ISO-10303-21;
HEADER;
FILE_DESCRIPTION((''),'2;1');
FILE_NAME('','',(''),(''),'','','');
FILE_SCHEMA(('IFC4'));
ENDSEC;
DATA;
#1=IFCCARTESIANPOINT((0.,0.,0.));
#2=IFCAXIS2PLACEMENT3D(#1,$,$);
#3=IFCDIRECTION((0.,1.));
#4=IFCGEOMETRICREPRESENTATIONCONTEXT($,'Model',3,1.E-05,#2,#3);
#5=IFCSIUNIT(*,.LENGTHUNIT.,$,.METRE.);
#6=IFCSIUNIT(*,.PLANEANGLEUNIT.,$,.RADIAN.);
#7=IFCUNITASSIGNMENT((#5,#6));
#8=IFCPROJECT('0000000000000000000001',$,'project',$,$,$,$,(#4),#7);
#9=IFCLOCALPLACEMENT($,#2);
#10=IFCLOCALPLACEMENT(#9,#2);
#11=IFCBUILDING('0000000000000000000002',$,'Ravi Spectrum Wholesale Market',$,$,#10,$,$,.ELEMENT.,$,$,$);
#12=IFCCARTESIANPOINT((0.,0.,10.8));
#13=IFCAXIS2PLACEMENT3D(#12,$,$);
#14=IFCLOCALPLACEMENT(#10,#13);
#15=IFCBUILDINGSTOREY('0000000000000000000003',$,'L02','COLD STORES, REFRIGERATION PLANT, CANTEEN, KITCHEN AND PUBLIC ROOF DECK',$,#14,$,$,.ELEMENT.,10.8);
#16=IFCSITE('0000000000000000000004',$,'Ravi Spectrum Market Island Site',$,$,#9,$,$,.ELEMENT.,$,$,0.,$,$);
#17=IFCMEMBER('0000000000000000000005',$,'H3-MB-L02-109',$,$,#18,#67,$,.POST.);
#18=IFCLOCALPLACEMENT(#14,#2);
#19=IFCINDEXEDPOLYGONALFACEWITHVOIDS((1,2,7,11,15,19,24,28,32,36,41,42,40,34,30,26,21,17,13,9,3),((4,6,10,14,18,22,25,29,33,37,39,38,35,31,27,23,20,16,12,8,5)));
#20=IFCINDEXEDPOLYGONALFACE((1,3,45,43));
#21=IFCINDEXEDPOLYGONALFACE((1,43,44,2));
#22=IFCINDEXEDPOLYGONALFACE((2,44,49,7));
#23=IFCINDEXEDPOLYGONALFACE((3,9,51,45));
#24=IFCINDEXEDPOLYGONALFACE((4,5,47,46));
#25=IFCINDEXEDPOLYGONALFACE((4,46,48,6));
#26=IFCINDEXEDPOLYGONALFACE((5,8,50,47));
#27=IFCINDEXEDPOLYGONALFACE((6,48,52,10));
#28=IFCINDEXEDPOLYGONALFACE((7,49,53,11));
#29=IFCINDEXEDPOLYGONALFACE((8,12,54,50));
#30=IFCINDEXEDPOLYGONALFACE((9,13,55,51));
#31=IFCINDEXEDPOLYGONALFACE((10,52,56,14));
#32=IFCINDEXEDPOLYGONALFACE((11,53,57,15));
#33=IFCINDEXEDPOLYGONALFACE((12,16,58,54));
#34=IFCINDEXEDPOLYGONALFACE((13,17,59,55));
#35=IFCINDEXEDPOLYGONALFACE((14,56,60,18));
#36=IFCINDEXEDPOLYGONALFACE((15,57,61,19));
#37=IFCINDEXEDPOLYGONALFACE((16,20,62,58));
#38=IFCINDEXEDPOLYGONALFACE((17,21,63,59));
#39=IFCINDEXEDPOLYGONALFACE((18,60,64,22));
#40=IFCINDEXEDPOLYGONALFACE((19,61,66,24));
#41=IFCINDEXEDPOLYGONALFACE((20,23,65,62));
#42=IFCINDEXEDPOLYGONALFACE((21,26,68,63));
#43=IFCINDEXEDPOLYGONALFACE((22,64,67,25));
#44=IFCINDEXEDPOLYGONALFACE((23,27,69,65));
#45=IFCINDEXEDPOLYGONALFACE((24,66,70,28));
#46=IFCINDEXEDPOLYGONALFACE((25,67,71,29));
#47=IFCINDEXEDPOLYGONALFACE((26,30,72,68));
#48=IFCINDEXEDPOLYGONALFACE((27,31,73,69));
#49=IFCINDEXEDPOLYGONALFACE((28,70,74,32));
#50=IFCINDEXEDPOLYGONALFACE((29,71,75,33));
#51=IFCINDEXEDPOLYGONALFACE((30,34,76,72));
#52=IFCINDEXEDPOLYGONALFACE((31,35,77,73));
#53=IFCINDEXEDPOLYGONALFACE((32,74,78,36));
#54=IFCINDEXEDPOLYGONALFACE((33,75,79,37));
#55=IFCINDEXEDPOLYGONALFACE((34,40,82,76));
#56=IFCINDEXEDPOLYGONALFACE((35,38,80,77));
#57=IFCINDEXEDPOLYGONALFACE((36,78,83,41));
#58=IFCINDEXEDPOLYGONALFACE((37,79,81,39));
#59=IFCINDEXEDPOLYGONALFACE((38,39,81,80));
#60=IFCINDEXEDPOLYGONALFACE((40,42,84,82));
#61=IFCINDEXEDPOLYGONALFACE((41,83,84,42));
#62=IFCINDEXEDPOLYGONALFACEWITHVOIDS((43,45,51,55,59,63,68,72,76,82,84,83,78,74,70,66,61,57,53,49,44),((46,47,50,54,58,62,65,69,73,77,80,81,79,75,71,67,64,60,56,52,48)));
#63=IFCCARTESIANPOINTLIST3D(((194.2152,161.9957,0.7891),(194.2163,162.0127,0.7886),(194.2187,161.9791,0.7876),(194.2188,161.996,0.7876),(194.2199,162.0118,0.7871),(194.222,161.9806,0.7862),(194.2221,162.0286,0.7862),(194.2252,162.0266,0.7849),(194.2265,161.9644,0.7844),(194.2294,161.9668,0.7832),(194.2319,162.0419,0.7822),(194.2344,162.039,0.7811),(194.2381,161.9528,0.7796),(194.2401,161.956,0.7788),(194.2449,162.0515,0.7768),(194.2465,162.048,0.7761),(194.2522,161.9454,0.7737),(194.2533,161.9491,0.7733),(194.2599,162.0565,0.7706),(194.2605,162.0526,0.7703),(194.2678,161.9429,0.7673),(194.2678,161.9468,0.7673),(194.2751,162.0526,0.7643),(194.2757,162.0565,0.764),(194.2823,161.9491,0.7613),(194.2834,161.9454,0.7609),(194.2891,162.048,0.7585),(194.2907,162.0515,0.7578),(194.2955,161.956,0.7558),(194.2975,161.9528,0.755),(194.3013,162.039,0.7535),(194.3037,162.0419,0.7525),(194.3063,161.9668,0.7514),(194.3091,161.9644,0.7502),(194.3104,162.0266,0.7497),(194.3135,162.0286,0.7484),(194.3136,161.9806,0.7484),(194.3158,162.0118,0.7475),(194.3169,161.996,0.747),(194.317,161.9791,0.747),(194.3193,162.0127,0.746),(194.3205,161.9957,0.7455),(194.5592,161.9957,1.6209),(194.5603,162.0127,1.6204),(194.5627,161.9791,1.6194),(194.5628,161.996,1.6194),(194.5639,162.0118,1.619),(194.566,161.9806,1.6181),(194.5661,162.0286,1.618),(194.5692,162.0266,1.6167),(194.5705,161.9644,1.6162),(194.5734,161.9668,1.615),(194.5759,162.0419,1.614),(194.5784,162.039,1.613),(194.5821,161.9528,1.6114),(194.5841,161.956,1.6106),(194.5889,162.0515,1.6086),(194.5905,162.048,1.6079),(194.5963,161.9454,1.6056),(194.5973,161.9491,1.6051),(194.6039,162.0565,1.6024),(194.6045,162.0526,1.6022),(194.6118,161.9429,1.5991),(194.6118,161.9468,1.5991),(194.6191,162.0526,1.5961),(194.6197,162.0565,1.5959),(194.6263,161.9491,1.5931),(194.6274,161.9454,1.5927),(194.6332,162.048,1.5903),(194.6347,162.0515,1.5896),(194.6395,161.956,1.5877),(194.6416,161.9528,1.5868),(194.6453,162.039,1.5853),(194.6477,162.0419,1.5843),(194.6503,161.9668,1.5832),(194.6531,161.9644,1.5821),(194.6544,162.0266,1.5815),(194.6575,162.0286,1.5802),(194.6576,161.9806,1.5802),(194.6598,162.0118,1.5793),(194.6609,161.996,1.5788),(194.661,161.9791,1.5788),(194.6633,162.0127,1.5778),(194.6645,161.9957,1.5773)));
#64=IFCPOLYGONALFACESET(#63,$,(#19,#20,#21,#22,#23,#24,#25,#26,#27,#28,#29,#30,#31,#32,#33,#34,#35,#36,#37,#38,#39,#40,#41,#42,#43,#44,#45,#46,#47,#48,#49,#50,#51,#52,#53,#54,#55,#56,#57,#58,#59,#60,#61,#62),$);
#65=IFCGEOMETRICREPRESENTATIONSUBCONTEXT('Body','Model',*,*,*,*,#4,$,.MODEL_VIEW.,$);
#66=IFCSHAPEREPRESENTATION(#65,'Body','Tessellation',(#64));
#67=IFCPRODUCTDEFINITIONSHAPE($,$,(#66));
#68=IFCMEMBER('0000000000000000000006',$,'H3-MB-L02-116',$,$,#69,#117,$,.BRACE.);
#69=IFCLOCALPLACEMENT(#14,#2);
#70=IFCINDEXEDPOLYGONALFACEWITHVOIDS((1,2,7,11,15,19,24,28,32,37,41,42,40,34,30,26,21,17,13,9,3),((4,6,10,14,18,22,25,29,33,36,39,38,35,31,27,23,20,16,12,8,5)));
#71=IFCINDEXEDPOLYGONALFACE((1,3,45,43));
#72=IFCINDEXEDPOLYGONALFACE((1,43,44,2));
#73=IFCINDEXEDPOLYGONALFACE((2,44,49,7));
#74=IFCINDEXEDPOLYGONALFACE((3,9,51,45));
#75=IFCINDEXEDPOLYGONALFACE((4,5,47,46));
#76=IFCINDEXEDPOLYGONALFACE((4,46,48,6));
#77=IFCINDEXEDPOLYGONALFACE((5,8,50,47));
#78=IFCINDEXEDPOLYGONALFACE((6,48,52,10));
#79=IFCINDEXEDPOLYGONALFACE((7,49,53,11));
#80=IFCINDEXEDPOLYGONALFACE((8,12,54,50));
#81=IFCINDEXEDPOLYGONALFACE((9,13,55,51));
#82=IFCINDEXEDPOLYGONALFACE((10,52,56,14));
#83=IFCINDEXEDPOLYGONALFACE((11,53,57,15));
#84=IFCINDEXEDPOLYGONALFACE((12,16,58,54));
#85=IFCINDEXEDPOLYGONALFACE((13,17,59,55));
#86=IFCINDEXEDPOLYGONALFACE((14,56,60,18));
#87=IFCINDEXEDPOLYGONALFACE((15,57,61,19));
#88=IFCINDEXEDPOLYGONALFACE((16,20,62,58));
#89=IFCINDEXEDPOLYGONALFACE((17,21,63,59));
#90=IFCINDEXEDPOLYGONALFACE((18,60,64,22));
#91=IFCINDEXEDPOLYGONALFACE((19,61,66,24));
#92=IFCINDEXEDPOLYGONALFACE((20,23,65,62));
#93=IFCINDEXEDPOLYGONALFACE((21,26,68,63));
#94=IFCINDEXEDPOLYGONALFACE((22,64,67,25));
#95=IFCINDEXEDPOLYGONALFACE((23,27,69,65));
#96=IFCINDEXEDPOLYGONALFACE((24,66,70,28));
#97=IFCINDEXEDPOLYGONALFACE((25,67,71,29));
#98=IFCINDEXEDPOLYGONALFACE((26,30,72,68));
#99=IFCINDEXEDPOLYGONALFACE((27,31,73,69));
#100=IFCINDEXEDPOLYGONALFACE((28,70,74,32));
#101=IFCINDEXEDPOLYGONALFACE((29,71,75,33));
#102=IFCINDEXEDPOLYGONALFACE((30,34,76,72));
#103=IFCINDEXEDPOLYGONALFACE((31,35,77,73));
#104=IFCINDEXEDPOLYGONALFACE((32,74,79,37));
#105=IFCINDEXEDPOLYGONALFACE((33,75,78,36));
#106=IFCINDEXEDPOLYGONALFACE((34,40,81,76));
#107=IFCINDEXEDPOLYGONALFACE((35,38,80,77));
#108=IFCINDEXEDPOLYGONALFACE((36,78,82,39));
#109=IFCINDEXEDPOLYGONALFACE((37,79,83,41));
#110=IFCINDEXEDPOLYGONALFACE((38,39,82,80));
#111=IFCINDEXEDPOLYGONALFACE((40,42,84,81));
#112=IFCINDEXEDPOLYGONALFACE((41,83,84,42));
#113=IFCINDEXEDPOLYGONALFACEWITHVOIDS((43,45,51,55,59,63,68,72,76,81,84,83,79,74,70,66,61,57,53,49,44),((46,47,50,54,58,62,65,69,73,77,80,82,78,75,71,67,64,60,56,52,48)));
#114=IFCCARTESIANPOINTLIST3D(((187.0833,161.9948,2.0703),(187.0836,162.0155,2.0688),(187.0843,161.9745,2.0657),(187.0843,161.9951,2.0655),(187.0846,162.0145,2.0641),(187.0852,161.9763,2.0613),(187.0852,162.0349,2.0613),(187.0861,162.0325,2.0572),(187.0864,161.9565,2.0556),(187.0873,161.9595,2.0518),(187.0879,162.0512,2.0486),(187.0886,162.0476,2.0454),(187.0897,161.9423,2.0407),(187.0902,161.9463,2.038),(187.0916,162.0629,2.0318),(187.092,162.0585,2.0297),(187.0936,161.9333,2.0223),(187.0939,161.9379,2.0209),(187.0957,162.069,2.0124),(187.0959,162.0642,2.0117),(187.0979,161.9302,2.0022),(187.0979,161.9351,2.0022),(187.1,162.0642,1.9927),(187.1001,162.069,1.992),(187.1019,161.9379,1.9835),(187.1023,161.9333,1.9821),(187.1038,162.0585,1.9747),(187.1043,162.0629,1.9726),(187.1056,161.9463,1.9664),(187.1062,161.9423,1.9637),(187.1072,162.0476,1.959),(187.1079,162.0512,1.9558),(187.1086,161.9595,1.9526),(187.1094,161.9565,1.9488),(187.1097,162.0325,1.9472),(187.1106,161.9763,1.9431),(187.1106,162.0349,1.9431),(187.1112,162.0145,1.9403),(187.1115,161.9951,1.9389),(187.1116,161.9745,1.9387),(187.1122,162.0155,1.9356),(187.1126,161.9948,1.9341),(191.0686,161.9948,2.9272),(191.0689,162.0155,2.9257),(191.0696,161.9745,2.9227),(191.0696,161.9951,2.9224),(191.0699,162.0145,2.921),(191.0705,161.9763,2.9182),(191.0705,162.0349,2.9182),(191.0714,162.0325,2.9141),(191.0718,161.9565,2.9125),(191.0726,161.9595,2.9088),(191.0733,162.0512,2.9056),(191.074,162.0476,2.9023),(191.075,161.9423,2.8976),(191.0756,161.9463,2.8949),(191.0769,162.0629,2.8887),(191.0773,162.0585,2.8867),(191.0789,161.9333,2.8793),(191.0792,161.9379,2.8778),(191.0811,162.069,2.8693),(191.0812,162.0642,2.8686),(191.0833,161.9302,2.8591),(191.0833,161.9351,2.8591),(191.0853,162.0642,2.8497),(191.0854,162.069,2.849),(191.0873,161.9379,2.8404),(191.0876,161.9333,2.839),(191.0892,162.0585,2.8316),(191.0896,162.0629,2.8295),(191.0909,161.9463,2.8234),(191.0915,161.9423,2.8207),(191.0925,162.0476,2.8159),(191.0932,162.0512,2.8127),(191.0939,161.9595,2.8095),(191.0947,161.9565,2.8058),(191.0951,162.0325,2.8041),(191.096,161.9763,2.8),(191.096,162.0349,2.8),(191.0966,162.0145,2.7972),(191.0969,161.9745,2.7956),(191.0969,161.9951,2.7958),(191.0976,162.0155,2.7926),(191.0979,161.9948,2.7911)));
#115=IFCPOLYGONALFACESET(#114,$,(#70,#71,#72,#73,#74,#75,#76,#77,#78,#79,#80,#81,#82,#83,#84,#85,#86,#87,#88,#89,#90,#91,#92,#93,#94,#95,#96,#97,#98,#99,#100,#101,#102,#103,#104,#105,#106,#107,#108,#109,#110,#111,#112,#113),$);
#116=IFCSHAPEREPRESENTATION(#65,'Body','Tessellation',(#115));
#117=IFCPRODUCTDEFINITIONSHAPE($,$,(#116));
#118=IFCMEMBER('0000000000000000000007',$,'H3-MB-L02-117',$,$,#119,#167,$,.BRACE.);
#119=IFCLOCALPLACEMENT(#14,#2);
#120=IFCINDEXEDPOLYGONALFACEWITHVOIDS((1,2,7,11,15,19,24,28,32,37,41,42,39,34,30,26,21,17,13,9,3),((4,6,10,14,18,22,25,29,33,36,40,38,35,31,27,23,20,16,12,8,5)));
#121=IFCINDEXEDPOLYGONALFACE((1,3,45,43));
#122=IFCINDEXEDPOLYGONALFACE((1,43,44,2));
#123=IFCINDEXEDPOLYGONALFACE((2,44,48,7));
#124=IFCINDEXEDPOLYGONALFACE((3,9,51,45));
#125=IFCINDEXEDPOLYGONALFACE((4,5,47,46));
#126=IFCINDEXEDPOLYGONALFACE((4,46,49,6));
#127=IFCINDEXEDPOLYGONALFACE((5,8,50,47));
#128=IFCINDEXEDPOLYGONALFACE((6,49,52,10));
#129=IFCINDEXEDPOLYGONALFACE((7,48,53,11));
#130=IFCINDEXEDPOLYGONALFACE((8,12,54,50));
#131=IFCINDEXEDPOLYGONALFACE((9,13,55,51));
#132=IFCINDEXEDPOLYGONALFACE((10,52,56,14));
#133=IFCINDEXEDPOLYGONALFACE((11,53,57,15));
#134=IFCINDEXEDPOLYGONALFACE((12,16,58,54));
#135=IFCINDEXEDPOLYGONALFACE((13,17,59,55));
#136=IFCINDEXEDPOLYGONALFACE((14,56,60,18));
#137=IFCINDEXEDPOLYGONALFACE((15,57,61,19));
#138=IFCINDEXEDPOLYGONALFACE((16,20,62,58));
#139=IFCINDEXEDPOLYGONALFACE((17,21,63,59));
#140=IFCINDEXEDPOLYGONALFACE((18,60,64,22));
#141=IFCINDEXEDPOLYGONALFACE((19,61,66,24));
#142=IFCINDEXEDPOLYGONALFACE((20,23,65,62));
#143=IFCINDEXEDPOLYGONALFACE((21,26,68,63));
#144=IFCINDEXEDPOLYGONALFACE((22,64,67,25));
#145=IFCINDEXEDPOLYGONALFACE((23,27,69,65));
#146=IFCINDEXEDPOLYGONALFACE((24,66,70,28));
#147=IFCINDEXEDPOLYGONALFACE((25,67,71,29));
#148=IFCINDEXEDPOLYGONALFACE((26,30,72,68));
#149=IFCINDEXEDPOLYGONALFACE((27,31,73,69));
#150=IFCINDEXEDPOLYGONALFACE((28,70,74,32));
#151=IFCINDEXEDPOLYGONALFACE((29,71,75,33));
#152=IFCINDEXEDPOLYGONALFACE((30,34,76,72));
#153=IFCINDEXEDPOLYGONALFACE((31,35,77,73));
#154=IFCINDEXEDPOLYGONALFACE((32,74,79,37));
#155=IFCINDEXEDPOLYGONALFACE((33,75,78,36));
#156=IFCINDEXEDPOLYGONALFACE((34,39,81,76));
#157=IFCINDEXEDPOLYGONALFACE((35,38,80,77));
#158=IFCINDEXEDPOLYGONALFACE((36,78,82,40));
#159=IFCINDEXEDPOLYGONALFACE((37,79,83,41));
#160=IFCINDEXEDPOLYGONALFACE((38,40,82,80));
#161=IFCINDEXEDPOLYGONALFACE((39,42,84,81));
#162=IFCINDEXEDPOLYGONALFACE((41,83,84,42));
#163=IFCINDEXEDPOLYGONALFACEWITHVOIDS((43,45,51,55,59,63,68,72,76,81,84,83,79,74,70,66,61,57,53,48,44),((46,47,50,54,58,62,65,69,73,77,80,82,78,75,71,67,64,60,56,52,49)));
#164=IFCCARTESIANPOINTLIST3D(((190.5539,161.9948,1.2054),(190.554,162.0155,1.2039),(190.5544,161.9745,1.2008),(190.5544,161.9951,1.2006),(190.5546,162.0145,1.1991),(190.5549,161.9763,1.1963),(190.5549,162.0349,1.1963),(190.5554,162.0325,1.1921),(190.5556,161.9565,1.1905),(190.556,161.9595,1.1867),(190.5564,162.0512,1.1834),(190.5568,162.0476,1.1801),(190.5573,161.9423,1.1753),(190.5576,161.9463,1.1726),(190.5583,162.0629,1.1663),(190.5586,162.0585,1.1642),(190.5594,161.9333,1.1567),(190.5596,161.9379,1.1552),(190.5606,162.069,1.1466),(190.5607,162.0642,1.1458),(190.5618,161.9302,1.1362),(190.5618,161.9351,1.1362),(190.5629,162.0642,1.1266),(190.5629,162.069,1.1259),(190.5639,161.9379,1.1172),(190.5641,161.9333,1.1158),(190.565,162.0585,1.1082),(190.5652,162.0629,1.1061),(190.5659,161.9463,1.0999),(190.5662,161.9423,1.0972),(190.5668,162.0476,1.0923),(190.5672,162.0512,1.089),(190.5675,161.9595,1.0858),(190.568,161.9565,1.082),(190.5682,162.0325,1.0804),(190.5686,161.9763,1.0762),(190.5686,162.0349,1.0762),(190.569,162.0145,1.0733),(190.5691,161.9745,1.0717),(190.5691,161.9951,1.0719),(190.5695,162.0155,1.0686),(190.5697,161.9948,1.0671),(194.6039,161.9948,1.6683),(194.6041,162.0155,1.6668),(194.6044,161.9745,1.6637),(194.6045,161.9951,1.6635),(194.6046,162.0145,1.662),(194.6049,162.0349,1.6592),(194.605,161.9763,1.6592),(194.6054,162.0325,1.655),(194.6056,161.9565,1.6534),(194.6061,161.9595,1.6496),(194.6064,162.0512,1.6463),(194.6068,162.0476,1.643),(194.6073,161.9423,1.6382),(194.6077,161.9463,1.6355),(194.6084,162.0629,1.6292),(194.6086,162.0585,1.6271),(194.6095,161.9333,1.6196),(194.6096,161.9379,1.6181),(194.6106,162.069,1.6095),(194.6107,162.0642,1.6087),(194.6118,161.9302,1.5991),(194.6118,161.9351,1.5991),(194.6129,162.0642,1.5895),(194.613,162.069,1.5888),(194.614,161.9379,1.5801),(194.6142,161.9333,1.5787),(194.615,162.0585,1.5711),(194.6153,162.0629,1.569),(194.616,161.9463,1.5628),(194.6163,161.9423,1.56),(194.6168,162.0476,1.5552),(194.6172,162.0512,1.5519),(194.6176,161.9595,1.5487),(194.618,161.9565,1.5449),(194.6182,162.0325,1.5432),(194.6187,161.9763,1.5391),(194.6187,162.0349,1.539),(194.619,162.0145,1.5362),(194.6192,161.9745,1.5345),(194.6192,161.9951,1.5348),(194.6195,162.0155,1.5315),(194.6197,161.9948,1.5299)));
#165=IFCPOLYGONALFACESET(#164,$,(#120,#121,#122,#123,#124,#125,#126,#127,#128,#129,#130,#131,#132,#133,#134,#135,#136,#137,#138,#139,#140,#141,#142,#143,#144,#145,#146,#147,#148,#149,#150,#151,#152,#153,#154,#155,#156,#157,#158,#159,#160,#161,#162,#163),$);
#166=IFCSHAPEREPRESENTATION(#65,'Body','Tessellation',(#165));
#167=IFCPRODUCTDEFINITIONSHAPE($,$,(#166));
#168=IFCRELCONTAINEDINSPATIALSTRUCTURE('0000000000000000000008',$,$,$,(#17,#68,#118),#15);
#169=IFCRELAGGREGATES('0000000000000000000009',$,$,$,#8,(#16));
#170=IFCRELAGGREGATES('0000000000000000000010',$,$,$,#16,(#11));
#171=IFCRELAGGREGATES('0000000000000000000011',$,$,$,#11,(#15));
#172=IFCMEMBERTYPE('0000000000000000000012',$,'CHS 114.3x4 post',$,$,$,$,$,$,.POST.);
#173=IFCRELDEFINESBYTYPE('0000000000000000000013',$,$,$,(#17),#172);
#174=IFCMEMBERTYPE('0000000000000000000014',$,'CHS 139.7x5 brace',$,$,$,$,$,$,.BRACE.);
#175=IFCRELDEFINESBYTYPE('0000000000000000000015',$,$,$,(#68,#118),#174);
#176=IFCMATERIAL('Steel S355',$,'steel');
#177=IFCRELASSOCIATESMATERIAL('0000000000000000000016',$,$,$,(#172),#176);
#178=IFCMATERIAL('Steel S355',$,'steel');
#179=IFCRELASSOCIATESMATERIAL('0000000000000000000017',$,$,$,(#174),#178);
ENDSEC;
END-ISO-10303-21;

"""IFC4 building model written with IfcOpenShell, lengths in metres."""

from ifc_helpers import new_model, si_unit, direction, frame, origin, origin_2d, place, context, subcontext, project, spatial, hollow_circle, extrude, material, material_profile, profile_set, type_object, element, save


model = new_model("IFC4")

# Units and contexts
model_context = context("Model", 3, precision=1e-05, world=origin(), true_north=direction((0.0, 1.0)))
body_context = subcontext(model_context, "Body", "Model", "MODEL_VIEW")
ifc_project = project(units=[si_unit("LENGTHUNIT", "METRE"), si_unit("PLANEANGLEUNIT", "RADIAN")], contexts=[model_context])

# Site, building, storey
site_placement = place(None, origin())
site = spatial("IfcSite", under=ifc_project, at=site_placement, Name="Ravi Spectrum Market Island Site", CompositionType="ELEMENT", RefElevation=0.0)
building_placement = place(site_placement, origin())
building = spatial("IfcBuilding", under=site, at=building_placement, Name="Ravi Spectrum Wholesale Market", CompositionType="ELEMENT")
storey_placement = place(building_placement, frame((0.0, 0.0, 10.8)))
storey = spatial("IfcBuildingStorey", under=building, at=storey_placement, Name="L02", Description="COLD STORES, REFRIGERATION PLANT, CANTEEN, KITCHEN AND PUBLIC ROOF DECK", CompositionType="ELEMENT", Elevation=10.8)

# Members
ifc_material_1 = material(Name="Steel S355", Category="steel")
ifc_material_profile_1 = material_profile(ifc_material_1, hollow_circle(Radius=0.0571, WallThickness=0.0039, at=origin_2d()))
ifc_profile_set_1 = profile_set([ifc_material_profile_1], Name="Steel S355")
member_type_1 = type_object("IfcMemberType", Name="CHS 114.3x4 post", PredefinedType="POST", material=ifc_profile_set_1)
member_1_placement = place(storey_placement, frame((194.6118, 162.0, 1.5991), z_axis=(-0.382168, 0.0, -0.924093), x_axis=(0.0, -1.0, 0.0)))
element("IfcMember", 1, at=member_1_placement, inside=storey, type_object=member_type_1, Name="H3-MB-L02-109", PredefinedType="POST", context=body_context, shape_type="SweptSolid", body=[
    extrude(hollow_circle(Radius=0.0571, WallThickness=0.0039, at=origin_2d()), origin(), (0.0, 0.0, 1.0), 0.9001),
])
ifc_material_2 = material(Name="Steel S355", Category="steel")
ifc_material_profile_2 = material_profile(ifc_material_2, hollow_circle(Radius=0.0698, WallThickness=0.0049, at=origin_2d()))
ifc_profile_set_2 = profile_set([ifc_material_profile_2], Name="Steel S355")
member_type_2 = type_object("IfcMemberType", Name="CHS 139.7x5 brace", PredefinedType="BRACE", material=ifc_profile_set_2)
for number, where, z_axis, x_axis, name in (
    (2, (191.0833, 162.0, 2.8591), (-0.977655, 0.0, -0.210216), (0.0, -1.0, 0.0), "H3-MB-L02-116"),
    (3, (194.6118, 162.0, 1.5991), (-0.993532, 0.0, -0.113553), (0.0, -1.0, 0.0), "H3-MB-L02-117"),
):
    element("IfcMember", number, at=place(storey_placement, frame(where, z_axis=z_axis, x_axis=x_axis)), inside=storey, type_object=member_type_2, Name=name, PredefinedType="BRACE", context=body_context, shape_type="SweptSolid", body=[
        extrude(hollow_circle(Radius=0.0698, WallThickness=0.0049, at=origin_2d()), origin(), (0.0, 0.0, 1.0), 4.0764),
    ])

save(model, "model.ifc")
